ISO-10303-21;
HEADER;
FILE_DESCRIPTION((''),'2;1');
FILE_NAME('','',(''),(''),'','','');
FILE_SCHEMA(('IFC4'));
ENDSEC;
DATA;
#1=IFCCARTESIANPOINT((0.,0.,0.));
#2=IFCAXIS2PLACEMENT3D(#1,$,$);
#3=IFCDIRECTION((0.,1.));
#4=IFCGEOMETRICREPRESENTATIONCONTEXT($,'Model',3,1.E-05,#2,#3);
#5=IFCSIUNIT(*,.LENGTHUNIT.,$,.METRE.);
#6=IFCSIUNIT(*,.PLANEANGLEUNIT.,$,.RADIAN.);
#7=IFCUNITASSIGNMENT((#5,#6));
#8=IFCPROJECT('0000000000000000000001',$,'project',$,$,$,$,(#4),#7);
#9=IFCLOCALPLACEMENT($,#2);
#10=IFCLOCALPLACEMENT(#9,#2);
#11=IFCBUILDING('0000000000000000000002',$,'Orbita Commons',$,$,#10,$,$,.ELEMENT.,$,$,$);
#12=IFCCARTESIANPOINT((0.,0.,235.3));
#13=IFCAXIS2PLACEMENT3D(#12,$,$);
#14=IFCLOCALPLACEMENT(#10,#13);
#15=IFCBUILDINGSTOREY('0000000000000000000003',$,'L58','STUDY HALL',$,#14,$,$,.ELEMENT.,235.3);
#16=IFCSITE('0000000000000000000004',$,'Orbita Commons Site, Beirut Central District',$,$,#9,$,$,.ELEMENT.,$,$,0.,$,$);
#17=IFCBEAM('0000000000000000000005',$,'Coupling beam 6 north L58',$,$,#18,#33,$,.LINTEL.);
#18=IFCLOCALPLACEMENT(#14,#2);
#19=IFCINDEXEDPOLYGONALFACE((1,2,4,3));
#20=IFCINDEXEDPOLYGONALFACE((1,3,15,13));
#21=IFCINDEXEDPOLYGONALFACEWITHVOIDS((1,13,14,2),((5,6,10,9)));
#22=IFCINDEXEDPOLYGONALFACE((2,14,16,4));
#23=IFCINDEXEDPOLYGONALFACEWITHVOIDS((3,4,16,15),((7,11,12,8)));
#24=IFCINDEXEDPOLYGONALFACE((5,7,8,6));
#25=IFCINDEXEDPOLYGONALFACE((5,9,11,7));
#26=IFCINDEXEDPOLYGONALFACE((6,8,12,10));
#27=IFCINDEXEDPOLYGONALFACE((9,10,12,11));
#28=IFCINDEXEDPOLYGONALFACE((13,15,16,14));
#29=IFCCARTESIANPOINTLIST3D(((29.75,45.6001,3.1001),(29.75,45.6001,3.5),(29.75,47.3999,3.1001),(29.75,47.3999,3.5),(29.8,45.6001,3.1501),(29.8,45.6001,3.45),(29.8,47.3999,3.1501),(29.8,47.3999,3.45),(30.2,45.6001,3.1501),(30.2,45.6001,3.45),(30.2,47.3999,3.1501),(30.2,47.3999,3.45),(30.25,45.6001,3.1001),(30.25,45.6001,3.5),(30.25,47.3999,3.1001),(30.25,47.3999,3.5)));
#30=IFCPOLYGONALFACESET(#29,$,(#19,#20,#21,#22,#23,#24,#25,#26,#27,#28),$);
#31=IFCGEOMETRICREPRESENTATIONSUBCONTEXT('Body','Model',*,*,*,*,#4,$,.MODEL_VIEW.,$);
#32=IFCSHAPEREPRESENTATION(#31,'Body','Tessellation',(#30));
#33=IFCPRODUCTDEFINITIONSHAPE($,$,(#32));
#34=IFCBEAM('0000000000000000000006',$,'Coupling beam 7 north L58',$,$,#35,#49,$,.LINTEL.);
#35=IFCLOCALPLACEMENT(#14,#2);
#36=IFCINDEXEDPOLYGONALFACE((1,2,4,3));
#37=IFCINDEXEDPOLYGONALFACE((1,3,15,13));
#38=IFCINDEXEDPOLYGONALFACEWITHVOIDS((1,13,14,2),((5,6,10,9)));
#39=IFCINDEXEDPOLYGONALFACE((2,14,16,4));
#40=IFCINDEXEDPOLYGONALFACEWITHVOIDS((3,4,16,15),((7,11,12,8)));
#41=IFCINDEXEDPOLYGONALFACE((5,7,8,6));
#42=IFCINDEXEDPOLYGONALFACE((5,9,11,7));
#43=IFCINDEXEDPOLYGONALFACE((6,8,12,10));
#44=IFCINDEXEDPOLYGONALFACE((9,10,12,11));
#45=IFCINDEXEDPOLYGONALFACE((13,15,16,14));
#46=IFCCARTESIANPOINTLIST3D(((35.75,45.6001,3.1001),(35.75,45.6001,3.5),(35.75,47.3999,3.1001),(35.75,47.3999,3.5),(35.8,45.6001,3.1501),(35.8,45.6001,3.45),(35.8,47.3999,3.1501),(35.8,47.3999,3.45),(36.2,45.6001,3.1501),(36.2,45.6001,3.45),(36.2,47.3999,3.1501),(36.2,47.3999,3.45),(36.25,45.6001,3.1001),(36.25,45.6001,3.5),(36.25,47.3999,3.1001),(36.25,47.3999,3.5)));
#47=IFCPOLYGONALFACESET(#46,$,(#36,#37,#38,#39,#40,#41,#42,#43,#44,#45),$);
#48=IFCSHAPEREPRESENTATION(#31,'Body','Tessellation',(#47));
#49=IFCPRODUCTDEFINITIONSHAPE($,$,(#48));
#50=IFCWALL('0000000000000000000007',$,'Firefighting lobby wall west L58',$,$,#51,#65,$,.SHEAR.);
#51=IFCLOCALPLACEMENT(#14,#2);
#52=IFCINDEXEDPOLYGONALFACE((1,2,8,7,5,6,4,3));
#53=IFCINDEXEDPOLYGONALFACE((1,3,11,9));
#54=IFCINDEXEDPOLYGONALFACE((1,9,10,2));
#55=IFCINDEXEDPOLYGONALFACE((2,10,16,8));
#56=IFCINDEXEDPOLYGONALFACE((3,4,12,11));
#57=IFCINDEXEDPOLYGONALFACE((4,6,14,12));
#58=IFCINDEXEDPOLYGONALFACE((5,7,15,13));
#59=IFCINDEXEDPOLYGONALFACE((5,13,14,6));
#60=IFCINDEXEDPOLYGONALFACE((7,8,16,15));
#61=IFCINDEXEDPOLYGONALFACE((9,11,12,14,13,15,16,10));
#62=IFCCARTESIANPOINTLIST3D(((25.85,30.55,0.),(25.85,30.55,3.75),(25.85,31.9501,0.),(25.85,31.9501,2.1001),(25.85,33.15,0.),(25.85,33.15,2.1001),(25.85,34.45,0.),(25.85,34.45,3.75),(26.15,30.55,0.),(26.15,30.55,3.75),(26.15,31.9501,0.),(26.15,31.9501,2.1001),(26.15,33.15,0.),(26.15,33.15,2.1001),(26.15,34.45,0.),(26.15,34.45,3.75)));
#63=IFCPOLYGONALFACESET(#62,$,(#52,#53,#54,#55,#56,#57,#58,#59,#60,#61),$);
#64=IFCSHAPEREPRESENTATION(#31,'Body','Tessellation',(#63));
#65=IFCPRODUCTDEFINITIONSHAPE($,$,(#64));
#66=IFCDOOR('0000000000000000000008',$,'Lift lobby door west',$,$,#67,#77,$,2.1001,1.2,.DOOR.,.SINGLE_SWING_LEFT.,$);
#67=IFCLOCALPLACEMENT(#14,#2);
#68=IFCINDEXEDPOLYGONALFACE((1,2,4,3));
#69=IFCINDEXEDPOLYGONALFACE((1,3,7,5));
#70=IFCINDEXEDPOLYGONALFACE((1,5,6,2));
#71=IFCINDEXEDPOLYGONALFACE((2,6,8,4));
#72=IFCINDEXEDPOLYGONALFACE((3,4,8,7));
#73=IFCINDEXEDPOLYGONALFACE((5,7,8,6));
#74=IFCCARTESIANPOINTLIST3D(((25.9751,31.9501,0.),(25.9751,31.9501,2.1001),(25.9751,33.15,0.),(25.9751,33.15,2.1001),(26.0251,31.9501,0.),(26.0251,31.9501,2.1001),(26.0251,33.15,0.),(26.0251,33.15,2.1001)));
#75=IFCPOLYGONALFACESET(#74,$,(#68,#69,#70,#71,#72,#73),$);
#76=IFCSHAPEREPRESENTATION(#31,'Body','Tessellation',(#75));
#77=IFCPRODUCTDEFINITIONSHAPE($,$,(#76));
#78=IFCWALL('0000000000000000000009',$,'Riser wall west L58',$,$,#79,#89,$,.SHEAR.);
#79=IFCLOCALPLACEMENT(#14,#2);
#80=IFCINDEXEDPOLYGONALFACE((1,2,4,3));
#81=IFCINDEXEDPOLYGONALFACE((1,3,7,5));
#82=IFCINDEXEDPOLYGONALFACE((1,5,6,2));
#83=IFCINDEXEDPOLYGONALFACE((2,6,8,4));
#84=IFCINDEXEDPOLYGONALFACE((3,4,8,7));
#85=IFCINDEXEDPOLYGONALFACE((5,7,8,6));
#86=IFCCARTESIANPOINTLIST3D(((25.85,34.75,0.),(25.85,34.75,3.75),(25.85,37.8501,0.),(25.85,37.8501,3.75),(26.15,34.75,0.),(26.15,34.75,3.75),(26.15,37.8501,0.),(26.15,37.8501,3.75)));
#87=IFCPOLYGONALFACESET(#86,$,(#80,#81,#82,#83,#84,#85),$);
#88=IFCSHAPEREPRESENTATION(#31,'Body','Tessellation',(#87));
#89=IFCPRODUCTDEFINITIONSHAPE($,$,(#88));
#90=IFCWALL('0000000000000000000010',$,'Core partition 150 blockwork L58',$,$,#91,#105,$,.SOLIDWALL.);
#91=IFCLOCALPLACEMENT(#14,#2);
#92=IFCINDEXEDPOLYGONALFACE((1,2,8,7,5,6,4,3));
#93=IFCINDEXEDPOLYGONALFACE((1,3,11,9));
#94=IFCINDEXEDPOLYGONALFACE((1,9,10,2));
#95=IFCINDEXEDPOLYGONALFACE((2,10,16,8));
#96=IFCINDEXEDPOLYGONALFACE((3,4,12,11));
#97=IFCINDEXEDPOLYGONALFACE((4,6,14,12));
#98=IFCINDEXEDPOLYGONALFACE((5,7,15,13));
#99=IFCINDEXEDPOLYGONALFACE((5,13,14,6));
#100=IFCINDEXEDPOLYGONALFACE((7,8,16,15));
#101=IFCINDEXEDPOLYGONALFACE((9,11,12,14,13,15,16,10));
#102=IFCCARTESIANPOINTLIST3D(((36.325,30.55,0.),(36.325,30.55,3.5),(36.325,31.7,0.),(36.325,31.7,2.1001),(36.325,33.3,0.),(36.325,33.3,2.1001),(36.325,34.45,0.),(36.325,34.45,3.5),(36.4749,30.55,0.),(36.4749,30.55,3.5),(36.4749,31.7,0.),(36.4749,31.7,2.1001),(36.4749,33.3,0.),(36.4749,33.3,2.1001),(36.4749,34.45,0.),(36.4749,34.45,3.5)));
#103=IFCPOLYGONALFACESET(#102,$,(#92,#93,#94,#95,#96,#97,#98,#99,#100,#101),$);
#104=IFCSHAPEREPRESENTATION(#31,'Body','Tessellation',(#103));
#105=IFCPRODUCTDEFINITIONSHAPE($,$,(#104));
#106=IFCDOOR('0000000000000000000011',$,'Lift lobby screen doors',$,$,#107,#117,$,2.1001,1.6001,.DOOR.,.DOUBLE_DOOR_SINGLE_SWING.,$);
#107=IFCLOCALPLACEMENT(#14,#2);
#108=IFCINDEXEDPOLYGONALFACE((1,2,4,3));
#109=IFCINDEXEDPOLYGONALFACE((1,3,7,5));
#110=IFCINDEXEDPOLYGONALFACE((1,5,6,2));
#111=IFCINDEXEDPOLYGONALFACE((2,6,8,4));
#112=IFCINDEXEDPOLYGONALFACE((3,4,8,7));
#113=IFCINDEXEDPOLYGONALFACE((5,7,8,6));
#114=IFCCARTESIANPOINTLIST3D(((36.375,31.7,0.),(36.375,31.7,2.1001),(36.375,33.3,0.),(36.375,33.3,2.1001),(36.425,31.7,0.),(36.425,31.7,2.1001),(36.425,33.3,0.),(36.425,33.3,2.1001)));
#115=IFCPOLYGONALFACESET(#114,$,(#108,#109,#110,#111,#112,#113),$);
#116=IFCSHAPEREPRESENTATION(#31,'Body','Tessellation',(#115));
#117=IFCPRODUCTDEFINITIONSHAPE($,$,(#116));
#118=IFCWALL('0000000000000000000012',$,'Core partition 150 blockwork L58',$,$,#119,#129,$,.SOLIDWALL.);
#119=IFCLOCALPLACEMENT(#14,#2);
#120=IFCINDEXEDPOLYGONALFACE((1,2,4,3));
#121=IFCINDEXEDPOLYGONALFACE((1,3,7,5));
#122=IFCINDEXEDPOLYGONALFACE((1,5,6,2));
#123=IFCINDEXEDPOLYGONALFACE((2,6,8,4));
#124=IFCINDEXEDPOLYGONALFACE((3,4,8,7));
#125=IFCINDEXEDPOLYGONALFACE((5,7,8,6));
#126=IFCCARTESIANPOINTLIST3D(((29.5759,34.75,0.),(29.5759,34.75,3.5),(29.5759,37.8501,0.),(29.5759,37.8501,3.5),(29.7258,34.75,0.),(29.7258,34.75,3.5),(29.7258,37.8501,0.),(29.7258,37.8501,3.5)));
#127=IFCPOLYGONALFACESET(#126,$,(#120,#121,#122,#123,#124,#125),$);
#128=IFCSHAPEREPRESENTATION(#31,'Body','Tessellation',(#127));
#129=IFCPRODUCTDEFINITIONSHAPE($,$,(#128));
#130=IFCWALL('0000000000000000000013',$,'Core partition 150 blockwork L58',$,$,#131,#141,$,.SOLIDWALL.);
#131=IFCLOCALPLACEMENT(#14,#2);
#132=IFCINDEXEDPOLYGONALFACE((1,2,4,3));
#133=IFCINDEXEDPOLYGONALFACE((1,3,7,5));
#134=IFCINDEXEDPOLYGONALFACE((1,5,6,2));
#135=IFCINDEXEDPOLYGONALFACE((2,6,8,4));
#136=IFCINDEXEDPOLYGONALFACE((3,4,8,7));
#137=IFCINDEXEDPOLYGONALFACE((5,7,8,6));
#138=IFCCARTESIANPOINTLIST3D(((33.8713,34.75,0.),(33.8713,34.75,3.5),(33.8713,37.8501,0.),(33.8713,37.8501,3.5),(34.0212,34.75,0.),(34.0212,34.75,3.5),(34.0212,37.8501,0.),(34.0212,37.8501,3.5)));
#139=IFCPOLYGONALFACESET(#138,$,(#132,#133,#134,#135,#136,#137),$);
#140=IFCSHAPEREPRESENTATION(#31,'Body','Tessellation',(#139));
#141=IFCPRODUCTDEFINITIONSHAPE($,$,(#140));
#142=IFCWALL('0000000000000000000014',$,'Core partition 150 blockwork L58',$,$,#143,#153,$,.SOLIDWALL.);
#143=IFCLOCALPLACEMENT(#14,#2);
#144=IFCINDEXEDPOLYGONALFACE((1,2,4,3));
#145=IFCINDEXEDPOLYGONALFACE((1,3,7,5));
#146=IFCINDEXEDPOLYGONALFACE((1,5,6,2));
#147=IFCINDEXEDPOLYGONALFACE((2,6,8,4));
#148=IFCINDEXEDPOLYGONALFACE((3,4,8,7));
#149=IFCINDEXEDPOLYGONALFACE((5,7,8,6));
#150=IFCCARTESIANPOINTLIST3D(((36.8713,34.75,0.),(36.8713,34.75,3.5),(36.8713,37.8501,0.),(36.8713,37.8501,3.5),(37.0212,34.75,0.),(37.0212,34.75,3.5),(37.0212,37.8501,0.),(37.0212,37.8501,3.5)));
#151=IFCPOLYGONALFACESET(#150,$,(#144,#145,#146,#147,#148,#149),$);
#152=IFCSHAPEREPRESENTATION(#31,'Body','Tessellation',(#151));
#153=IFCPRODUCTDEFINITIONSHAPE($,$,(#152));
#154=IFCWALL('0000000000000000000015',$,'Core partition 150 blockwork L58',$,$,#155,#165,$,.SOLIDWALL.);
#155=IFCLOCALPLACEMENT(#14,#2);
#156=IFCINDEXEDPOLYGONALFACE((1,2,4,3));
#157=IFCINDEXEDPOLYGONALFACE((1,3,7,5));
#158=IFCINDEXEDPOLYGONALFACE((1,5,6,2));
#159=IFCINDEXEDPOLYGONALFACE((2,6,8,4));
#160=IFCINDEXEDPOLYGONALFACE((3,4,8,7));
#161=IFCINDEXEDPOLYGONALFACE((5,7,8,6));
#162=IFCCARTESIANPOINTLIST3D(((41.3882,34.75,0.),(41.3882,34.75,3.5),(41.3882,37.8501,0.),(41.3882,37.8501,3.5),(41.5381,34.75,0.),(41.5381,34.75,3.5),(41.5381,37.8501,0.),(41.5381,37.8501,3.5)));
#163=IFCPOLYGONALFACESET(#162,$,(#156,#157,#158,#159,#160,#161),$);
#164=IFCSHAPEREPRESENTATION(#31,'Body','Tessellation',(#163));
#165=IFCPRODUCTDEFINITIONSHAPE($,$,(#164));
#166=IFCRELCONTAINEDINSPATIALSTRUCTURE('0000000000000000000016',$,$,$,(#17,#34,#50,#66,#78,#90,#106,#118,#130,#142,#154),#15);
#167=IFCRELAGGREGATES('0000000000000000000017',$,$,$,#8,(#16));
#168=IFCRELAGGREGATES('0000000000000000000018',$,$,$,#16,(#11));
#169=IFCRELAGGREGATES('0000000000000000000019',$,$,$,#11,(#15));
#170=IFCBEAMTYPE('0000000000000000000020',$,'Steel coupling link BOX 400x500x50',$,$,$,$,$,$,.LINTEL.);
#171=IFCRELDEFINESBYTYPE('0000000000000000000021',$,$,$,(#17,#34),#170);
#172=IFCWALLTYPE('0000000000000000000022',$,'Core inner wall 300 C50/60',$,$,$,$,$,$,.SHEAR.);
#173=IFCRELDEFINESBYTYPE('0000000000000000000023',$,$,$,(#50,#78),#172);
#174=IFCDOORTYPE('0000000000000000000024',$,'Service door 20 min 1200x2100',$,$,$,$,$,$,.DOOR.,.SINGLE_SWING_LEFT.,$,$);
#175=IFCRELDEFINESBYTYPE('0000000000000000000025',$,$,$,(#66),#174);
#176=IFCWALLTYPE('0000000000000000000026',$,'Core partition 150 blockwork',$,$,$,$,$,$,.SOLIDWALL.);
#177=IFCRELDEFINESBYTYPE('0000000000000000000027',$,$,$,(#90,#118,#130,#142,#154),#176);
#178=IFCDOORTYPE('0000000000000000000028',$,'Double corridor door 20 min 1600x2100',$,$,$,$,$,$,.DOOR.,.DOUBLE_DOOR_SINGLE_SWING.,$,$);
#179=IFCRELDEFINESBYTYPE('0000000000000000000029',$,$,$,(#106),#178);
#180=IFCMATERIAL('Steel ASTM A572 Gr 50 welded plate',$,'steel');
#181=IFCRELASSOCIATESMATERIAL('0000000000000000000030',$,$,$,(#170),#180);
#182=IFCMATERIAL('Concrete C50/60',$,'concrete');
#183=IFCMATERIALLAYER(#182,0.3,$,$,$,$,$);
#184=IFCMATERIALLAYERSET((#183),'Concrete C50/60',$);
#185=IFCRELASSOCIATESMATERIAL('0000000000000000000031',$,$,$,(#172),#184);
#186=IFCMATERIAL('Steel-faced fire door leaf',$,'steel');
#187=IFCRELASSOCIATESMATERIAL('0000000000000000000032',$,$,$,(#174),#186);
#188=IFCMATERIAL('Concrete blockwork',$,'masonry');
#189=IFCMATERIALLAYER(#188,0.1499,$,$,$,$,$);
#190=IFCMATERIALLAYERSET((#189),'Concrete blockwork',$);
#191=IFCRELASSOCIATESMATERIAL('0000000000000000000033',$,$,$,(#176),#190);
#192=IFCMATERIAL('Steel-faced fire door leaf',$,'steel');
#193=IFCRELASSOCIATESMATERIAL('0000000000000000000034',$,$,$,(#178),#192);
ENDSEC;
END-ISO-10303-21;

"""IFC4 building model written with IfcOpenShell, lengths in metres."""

from ifc_helpers import new_model, si_unit, direction, frame, frame_2d, origin, origin_2d, place, context, subcontext, project, spatial, rectangle, hollow_rectangle, extrude, material, layer, layer_set, material_profile, profile_set, type_object, element, fill, save


model = new_model("IFC4")

# Units and contexts
model_context = context("Model", 3, precision=1e-05, world=origin(), true_north=direction((0.0, 1.0)))
body_context = subcontext(model_context, "Body", "Model", "MODEL_VIEW")
ifc_project = project(units=[si_unit("LENGTHUNIT", "METRE"), si_unit("PLANEANGLEUNIT", "RADIAN")], contexts=[model_context])

# Site, building, storey
site_placement = place(None, origin())
site = spatial("IfcSite", under=ifc_project, at=site_placement, Name="Orbita Commons Site, Beirut Central District", CompositionType="ELEMENT", RefElevation=0.0)
building_placement = place(site_placement, origin())
building = spatial("IfcBuilding", under=site, at=building_placement, Name="Orbita Commons", CompositionType="ELEMENT")
storey_placement = place(building_placement, frame((0.0, 0.0, 235.3)))
storey = spatial("IfcBuildingStorey", under=building, at=storey_placement, Name="L58", Description="STUDY HALL", CompositionType="ELEMENT", Elevation=235.3)

# Beams
ifc_material_1 = material(Name="Steel ASTM A572 Gr 50 welded plate", Category="steel")
ifc_material_profile = material_profile(ifc_material_1, hollow_rectangle(XDim=0.5, YDim=0.3999, WallThickness=0.05, at=origin_2d()), Name="BOX 400x500x50")
ifc_profile_set = profile_set([ifc_material_profile], Name="Steel ASTM A572 Gr 50 welded plate")
beam_type = type_object("IfcBeamType", Name="Steel coupling link BOX 400x500x50", PredefinedType="LINTEL", material=ifc_profile_set)
for number, where, z_axis, x_axis, name in (
    (1, (30.0, 45.6001, 3.3), (0.0, 1.0, 0.0), (-1.0, 0.0, 0.0), "Coupling beam 6 north L58"),
    (2, (36.0, 45.6001, 3.3), (0.0, 1.0, 0.0), (-1.0, 0.0, 0.0), "Coupling beam 7 north L58"),
):
    element("IfcBeam", number, at=place(storey_placement, frame(where, z_axis=z_axis, x_axis=x_axis)), inside=storey, type_object=beam_type, Name=name, PredefinedType="LINTEL", context=body_context, shape_type="SweptSolid", body=[
        extrude(hollow_rectangle(XDim=0.5, YDim=0.3999, WallThickness=0.05, at=origin_2d()), origin(), (0.0, 0.0, 1.0), 1.7998),
    ])

# Wall, opening, door
ifc_material_2 = material(Name="Concrete C50/60", Category="concrete")
ifc_layer_1 = layer(ifc_material_2, 0.3)
ifc_layer_set_1 = layer_set([ifc_layer_1], Name="Concrete C50/60")
wall_type_1 = type_object("IfcWallType", Name="Core inner wall 300 C50/60", PredefinedType="SHEAR", material=ifc_layer_set_1)
wall_1_placement = place(storey_placement, frame((26.0, 30.55, 0.0), z_axis=(0.0, 0.0, 1.0), x_axis=(0.0, 1.0, 0.0)))
wall_1 = element("IfcWall", 3, at=wall_1_placement, inside=storey, type_object=wall_type_1, Name="Firefighting lobby wall west L58", PredefinedType="SHEAR", context=body_context, shape_type="SweptSolid", body=[
    extrude(rectangle(XDim=3.8999, YDim=0.3, at=frame_2d((1.95, 0.0))), origin(), (0.0, 0.0, 1.0), 3.75),
])
opening_1_placement = place(wall_1_placement, frame((1.3999, 0.0, 0.0)))
opening_1 = element("IfcOpeningElement", 4, at=opening_1_placement, cuts=wall_1, PredefinedType="OPENING", context=body_context, shape_type="SweptSolid", body=[
    extrude(rectangle(XDim=1.2, YDim=2.1001, at=frame_2d((0.6001, 1.05))), frame((0.0, 0.1599, 0.0), z_axis=(0.0, -1.0, 0.0), x_axis=(1.0, 0.0, 0.0)), (0.0, 0.0, 1.0), 0.3201),
])
ifc_material_3 = material(Name="Steel-faced fire door leaf", Category="steel")
door_type_1 = type_object("IfcDoorType", Name="Service door 20 min 1200x2100", OperationType="SINGLE_SWING_LEFT", PredefinedType="DOOR", material=ifc_material_3)
door_1_placement = place(opening_1_placement, origin())
door_1 = element("IfcDoor", 5, at=door_1_placement, inside=storey, type_object=door_type_1, Name="Lift lobby door west", OperationType="SINGLE_SWING_LEFT", OverallHeight=2.1001, OverallWidth=1.2, PredefinedType="DOOR", context=body_context, shape_type="SweptSolid", body=[
    extrude(rectangle(XDim=1.2, YDim=2.1001, at=frame_2d((0.6001, 1.05))), frame((0.0, 0.0249, 0.0), z_axis=(0.0, -1.0, 0.0), x_axis=(1.0, 0.0, 0.0)), (0.0, 0.0, 1.0), 0.05),
])
fill(opening_1, door_1)

# Wall
wall_2_placement = place(storey_placement, frame((26.0, 34.75, 0.0), z_axis=(0.0, 0.0, 1.0), x_axis=(0.0, 1.0, 0.0)))
element("IfcWall", 6, at=wall_2_placement, inside=storey, type_object=wall_type_1, Name="Riser wall west L58", PredefinedType="SHEAR", context=body_context, shape_type="SweptSolid", body=[
    extrude(rectangle(XDim=3.1001, YDim=0.3, at=frame_2d((1.55, 0.0))), origin(), (0.0, 0.0, 1.0), 3.75),
])

# Wall, opening, door
ifc_material_4 = material(Name="Concrete blockwork", Category="masonry")
ifc_layer_2 = layer(ifc_material_4, 0.1499)
ifc_layer_set_2 = layer_set([ifc_layer_2], Name="Concrete blockwork")
wall_type_2 = type_object("IfcWallType", Name="Core partition 150 blockwork", PredefinedType="SOLIDWALL", material=ifc_layer_set_2)
wall_3_placement = place(storey_placement, frame((36.3999, 30.55, 0.0), z_axis=(0.0, 0.0, 1.0), x_axis=(0.0, 1.0, 0.0)))
wall_3 = element("IfcWall", 7, at=wall_3_placement, inside=storey, type_object=wall_type_2, Name="Core partition 150 blockwork L58", PredefinedType="SOLIDWALL", context=body_context, shape_type="SweptSolid", body=[
    extrude(rectangle(XDim=3.8999, YDim=0.1499, at=frame_2d((1.95, 0.0))), origin(), (0.0, 0.0, 1.0), 3.5),
])
opening_2_placement = place(wall_3_placement, frame((1.1499, 0.0, 0.0)))
opening_2 = element("IfcOpeningElement", 8, at=opening_2_placement, cuts=wall_3, PredefinedType="OPENING", context=body_context, shape_type="SweptSolid", body=[
    extrude(rectangle(XDim=1.6001, YDim=2.1001, at=frame_2d((0.8, 1.05))), frame((0.0, 0.085, 0.0), z_axis=(0.0, -1.0, 0.0), x_axis=(1.0, 0.0, 0.0)), (0.0, 0.0, 1.0), 0.1699),
])
ifc_material_5 = material(Name="Steel-faced fire door leaf", Category="steel")
door_type_2 = type_object("IfcDoorType", Name="Double corridor door 20 min 1600x2100", OperationType="DOUBLE_DOOR_SINGLE_SWING", PredefinedType="DOOR", material=ifc_material_5)
door_2_placement = place(opening_2_placement, origin())
door_2 = element("IfcDoor", 9, at=door_2_placement, inside=storey, type_object=door_type_2, Name="Lift lobby screen doors", OperationType="DOUBLE_DOOR_SINGLE_SWING", OverallHeight=2.1001, OverallWidth=1.6001, PredefinedType="DOOR", context=body_context, shape_type="SweptSolid", body=[
    extrude(rectangle(XDim=1.6001, YDim=2.1001, at=frame_2d((0.8, 1.05))), frame((0.0, 0.0249, 0.0), z_axis=(0.0, -1.0, 0.0), x_axis=(1.0, 0.0, 0.0)), (0.0, 0.0, 1.0), 0.05),
])
fill(opening_2, door_2)

# Walls
for number, where, z_axis, x_axis, name in (
    (10, (29.6509, 34.75, 0.0), (0.0, 0.0, 1.0), (0.0, 1.0, 0.0), "Core partition 150 blockwork L58"),
    (11, (33.9463, 34.75, 0.0), (0.0, 0.0, 1.0), (0.0, 1.0, 0.0), "Core partition 150 blockwork L58"),
    (12, (36.9463, 34.75, 0.0), (0.0, 0.0, 1.0), (0.0, 1.0, 0.0), "Core partition 150 blockwork L58"),
    (13, (41.4631, 34.75, 0.0), (0.0, 0.0, 1.0), (0.0, 1.0, 0.0), "Core partition 150 blockwork L58"),
):
    element("IfcWall", number, at=place(storey_placement, frame(where, z_axis=z_axis, x_axis=x_axis)), inside=storey, type_object=wall_type_2, Name=name, PredefinedType="SOLIDWALL", context=body_context, shape_type="SweptSolid", body=[
        extrude(rectangle(XDim=3.1001, YDim=0.1499, at=frame_2d((1.55, 0.0))), origin(), (0.0, 0.0, 1.0), 3.5),
    ])

save(model, "model.ifc")
